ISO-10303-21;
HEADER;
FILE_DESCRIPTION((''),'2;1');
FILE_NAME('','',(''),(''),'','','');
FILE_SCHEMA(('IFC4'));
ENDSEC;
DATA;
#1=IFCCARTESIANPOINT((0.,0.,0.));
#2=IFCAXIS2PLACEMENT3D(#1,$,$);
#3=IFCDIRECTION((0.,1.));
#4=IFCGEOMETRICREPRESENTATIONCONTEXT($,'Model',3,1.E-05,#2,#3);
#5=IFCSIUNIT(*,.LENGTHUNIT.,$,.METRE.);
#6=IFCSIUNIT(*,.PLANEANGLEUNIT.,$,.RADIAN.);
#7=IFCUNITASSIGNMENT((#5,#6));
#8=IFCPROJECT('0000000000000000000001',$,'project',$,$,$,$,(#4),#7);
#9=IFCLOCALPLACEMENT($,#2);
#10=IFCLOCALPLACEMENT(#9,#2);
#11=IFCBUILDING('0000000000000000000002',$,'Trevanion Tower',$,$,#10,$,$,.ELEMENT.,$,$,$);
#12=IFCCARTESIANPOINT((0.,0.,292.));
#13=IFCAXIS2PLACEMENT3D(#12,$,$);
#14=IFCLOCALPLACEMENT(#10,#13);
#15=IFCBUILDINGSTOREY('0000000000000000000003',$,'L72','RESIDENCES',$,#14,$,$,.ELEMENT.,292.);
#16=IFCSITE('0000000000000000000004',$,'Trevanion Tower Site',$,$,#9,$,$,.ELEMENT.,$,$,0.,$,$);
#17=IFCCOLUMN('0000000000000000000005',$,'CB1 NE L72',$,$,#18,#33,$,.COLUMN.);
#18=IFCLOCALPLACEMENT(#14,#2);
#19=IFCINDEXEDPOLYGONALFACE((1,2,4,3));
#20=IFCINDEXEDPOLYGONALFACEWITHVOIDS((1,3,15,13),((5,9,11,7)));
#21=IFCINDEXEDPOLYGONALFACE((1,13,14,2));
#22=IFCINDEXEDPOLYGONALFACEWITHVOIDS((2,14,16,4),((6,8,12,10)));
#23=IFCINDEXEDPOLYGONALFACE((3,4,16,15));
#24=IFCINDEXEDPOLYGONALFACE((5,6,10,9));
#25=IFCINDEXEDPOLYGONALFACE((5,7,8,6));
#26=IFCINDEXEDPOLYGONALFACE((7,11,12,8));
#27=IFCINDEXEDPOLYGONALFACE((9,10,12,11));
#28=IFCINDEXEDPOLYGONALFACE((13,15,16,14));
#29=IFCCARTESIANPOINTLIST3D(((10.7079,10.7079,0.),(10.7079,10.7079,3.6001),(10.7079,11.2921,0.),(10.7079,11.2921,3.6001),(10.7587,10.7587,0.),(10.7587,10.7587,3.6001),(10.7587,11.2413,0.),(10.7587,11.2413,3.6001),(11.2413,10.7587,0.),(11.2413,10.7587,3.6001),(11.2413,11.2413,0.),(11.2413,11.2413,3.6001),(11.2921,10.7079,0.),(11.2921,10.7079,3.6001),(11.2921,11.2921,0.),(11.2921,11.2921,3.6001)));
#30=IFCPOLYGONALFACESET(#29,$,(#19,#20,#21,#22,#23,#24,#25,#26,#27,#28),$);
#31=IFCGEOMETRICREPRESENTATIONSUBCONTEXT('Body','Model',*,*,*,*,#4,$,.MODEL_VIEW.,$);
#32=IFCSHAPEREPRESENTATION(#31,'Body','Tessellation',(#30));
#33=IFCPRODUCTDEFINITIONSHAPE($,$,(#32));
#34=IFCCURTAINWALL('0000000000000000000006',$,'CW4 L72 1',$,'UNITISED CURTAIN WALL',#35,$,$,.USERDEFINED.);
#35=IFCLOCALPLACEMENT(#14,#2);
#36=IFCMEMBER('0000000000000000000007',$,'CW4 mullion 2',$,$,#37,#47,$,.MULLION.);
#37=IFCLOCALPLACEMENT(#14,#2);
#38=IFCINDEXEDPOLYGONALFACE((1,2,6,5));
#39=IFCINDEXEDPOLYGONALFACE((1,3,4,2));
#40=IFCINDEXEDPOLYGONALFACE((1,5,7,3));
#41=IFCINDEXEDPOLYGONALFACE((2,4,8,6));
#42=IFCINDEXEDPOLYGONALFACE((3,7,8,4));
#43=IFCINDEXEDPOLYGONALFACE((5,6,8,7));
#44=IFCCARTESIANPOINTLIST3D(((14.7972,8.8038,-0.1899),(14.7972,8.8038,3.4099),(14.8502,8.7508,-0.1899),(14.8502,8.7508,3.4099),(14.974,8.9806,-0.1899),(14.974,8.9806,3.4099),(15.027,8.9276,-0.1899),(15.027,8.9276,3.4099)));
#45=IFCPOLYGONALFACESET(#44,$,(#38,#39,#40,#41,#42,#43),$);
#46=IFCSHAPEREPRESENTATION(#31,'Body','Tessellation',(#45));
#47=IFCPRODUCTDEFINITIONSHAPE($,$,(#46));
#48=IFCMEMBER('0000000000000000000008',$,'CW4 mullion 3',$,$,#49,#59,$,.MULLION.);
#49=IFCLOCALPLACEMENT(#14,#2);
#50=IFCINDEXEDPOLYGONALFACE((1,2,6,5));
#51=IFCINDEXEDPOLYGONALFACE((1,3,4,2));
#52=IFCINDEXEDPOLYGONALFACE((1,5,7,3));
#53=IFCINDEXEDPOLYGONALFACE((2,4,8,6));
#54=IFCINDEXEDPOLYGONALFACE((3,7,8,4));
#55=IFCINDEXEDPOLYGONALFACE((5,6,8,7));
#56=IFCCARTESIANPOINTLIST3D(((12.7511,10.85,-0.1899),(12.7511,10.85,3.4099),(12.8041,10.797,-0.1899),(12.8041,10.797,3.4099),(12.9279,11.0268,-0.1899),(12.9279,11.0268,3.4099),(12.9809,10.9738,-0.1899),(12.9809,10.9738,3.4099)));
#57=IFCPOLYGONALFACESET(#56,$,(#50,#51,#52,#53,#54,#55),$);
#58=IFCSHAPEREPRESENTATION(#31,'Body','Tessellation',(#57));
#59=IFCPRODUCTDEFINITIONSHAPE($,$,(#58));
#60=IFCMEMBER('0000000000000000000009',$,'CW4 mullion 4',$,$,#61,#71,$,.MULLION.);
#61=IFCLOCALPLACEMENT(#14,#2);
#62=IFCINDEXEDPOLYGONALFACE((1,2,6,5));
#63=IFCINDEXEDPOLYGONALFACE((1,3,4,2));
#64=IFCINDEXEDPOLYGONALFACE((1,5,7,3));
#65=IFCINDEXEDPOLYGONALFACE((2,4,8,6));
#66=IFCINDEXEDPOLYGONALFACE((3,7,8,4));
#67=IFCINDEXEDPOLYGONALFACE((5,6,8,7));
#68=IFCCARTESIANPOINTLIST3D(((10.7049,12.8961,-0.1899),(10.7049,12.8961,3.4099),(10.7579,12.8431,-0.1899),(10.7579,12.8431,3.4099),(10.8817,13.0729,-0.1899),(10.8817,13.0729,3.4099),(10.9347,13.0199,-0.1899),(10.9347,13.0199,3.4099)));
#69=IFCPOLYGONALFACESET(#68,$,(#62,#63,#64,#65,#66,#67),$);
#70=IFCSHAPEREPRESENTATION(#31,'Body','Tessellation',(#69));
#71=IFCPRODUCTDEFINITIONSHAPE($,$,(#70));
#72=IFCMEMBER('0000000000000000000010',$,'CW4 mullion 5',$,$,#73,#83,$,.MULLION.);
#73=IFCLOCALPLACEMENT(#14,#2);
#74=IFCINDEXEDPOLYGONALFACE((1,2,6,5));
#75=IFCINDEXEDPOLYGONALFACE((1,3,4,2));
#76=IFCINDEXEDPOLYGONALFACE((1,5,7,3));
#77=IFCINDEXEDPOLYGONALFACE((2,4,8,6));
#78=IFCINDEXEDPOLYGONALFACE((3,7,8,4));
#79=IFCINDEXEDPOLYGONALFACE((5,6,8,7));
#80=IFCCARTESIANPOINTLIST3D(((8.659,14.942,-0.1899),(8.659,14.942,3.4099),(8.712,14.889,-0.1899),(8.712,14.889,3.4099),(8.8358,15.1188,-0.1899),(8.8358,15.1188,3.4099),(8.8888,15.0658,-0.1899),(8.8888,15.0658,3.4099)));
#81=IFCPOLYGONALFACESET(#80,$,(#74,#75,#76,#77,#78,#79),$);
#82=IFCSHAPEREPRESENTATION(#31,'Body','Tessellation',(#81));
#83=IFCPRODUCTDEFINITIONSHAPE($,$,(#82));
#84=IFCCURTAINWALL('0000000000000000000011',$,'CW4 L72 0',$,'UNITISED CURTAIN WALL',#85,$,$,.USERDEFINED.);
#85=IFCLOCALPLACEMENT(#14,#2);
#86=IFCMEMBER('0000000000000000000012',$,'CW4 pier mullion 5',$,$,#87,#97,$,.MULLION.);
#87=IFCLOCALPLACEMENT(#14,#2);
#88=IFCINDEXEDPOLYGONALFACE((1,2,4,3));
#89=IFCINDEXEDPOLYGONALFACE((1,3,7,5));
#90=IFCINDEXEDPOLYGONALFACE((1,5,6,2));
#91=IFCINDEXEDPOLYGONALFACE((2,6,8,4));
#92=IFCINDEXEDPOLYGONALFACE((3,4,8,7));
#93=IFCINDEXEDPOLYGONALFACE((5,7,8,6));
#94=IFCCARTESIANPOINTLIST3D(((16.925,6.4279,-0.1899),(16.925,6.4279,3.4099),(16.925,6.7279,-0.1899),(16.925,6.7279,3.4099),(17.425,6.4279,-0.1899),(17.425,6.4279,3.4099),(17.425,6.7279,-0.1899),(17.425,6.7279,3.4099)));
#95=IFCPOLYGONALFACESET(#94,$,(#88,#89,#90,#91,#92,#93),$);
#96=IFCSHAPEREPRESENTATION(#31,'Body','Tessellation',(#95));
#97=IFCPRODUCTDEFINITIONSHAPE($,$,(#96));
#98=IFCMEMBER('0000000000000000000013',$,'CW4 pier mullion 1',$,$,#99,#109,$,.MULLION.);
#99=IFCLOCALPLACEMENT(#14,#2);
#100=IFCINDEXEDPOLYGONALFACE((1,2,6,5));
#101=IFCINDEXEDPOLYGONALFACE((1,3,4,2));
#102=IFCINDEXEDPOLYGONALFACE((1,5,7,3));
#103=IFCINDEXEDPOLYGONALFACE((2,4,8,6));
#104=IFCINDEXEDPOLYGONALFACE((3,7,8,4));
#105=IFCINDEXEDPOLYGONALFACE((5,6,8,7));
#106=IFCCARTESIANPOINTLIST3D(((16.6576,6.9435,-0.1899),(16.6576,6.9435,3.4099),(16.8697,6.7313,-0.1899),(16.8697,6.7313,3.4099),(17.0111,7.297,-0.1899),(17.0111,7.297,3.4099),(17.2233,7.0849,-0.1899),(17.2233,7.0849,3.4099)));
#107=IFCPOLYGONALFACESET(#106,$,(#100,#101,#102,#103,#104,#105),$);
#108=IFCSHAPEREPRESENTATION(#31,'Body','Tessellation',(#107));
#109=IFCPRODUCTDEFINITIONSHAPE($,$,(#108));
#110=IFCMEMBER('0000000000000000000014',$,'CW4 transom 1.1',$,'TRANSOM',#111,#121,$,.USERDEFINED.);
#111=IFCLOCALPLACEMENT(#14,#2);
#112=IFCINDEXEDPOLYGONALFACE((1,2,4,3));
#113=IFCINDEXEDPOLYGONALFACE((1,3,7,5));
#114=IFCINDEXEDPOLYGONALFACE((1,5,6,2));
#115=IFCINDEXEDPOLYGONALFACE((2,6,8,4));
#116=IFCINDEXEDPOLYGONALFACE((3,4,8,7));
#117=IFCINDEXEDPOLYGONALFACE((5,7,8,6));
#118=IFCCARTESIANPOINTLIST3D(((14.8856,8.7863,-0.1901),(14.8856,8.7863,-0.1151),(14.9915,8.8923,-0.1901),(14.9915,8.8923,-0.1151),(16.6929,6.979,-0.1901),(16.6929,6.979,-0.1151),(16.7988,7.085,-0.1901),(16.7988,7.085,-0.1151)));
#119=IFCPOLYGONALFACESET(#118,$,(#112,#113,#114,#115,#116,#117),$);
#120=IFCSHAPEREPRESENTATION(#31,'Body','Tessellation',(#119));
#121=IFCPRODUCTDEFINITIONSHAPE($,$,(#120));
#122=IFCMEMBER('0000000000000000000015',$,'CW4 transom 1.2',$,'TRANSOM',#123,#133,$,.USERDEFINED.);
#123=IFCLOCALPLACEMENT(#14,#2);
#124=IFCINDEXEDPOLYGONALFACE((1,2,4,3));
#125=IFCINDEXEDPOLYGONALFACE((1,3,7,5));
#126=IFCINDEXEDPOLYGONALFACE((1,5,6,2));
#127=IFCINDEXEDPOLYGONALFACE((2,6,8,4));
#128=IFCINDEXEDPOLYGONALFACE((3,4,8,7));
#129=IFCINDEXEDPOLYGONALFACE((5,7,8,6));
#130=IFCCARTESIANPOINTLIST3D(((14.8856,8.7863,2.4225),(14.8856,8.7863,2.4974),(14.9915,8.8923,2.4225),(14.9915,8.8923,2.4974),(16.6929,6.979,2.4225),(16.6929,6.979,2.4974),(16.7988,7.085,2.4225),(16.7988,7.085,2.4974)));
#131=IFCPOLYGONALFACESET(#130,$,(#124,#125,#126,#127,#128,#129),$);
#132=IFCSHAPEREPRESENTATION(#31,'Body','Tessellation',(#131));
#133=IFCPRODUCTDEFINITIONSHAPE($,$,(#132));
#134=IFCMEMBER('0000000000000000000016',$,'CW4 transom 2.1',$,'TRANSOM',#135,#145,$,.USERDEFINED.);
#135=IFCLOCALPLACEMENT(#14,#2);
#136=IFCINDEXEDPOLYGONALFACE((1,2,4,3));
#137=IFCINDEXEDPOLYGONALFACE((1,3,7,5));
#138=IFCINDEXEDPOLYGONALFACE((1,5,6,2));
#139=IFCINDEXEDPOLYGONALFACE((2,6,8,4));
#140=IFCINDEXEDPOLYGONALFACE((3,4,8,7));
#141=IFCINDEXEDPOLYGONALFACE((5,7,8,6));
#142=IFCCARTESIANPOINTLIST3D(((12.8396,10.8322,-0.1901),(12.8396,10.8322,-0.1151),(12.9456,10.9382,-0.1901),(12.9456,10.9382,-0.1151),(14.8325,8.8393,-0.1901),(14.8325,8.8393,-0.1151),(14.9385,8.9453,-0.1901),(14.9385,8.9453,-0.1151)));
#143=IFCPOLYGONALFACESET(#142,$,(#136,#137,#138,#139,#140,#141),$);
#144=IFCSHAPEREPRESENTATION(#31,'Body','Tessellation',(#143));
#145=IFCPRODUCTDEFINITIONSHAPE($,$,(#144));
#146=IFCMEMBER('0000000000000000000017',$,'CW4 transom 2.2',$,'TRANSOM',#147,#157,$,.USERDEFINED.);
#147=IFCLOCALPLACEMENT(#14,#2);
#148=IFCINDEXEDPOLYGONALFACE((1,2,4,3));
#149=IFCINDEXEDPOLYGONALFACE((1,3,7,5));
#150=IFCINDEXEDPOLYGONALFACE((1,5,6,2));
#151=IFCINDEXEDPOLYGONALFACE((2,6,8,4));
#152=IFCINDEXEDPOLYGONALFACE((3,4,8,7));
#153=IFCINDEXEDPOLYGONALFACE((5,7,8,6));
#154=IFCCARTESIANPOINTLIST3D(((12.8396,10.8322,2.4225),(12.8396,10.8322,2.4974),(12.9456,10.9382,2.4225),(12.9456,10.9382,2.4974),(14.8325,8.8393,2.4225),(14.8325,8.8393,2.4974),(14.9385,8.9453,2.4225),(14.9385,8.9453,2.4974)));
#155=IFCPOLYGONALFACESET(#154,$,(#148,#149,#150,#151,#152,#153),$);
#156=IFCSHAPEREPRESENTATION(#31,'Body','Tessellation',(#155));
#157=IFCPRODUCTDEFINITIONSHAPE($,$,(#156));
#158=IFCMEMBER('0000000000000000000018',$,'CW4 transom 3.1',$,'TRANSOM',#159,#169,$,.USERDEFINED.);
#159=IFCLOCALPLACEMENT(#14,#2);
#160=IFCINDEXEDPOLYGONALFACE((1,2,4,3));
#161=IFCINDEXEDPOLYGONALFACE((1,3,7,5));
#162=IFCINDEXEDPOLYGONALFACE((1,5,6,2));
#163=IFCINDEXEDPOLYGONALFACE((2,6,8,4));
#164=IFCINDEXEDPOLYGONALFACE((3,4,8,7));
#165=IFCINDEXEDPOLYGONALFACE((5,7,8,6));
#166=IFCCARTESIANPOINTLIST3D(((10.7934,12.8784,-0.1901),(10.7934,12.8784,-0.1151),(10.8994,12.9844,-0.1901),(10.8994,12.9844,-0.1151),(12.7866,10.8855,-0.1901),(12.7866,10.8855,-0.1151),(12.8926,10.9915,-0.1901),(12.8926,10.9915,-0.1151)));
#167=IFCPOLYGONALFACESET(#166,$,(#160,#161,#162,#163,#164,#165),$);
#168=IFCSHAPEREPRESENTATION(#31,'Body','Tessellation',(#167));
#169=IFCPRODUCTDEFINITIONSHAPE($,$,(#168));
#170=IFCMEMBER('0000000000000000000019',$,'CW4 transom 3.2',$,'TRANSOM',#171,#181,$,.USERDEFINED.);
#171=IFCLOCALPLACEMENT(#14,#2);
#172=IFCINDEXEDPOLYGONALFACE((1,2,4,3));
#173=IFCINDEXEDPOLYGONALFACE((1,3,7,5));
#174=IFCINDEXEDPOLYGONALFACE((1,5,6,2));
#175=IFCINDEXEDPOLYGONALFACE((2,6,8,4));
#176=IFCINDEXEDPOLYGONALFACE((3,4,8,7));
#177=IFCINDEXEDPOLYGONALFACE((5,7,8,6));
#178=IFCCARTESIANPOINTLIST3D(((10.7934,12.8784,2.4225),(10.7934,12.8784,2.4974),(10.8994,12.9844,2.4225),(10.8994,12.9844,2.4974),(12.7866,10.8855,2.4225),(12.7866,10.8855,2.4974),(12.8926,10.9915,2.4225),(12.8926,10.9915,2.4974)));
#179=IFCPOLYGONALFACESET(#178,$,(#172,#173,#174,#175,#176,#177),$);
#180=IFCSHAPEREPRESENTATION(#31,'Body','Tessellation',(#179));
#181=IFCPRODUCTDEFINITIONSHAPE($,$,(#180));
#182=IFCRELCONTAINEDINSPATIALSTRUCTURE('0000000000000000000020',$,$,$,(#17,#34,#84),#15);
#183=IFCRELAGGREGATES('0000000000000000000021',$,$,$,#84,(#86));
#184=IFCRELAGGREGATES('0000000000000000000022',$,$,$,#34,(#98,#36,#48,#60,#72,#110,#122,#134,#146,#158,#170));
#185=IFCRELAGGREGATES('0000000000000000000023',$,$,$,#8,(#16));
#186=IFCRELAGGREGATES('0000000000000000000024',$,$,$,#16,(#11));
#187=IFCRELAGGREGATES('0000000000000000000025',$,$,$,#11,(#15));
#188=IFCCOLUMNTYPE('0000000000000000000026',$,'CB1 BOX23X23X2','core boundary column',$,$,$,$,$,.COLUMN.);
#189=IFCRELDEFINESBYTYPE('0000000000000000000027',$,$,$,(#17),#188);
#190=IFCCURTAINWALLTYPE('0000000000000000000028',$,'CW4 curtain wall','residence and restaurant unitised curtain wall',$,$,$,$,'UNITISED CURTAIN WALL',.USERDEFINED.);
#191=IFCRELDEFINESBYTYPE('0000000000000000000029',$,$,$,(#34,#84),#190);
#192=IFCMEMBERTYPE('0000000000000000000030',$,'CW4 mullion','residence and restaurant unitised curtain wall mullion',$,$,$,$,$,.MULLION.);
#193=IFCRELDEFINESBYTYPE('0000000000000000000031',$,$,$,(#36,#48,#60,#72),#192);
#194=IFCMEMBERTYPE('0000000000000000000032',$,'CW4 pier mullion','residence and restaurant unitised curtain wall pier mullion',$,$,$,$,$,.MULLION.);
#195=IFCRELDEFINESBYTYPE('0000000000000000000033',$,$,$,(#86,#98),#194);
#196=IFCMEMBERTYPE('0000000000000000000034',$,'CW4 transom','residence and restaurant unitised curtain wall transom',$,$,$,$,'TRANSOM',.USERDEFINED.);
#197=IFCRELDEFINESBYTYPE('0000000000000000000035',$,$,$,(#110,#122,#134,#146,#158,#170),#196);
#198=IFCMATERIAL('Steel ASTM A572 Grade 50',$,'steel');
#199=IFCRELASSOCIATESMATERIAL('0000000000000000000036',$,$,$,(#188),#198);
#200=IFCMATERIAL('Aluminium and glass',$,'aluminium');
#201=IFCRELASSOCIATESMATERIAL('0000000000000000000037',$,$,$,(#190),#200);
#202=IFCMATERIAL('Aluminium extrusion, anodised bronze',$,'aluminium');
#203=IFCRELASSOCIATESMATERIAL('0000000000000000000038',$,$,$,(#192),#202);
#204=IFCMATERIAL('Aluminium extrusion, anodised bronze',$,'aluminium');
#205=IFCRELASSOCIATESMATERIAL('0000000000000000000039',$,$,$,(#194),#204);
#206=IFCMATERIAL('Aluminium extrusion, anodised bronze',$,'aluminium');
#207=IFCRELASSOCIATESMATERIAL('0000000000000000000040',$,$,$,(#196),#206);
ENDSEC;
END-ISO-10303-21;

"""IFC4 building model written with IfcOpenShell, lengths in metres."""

from ifc_helpers import new_model, si_unit, direction, frame, origin, origin_2d, place, context, subcontext, project, spatial, rectangle, hollow_rectangle, extrude, material, material_profile, profile_set, type_object, element, aggregate, save


model = new_model("IFC4")

# Units and contexts
model_context = context("Model", 3, precision=1e-05, world=origin(), true_north=direction((0.0, 1.0)))
body_context = subcontext(model_context, "Body", "Model", "MODEL_VIEW")
ifc_project = project(units=[si_unit("LENGTHUNIT", "METRE"), si_unit("PLANEANGLEUNIT", "RADIAN")], contexts=[model_context])

# Site, building, storey
site_placement = place(None, origin())
site = spatial("IfcSite", under=ifc_project, at=site_placement, Name="Trevanion Tower Site", CompositionType="ELEMENT", RefElevation=0.0)
building_placement = place(site_placement, origin())
building = spatial("IfcBuilding", under=site, at=building_placement, Name="Trevanion Tower", CompositionType="ELEMENT")
storey_placement = place(building_placement, frame((0.0, 0.0, 292.0)))
storey = spatial("IfcBuildingStorey", under=building, at=storey_placement, Name="L72", Description="RESIDENCES", CompositionType="ELEMENT", Elevation=292.0)

# Column
ifc_material_1 = material(Name="Steel ASTM A572 Grade 50", Category="steel")
ifc_material_profile_1 = material_profile(ifc_material_1, hollow_rectangle(XDim=0.5842, YDim=0.5842, WallThickness=0.0508, at=origin_2d()), Name="BOX23X23X2")
ifc_profile_set_1 = profile_set([ifc_material_profile_1], Name="Steel ASTM A572 Grade 50")
column_type = type_object("IfcColumnType", Name="CB1 BOX23X23X2", Description="core boundary column", PredefinedType="COLUMN", material=ifc_profile_set_1)
column_placement = place(storey_placement, frame((11.0, 11.0, 0.0), z_axis=(0.0, 0.0, 1.0), x_axis=(1.0, 0.0, 0.0)))
element("IfcColumn", 1, at=column_placement, inside=storey, type_object=column_type, Name="CB1 NE L72", PredefinedType="COLUMN", context=body_context, shape_type="SweptSolid", body=[
    extrude(hollow_rectangle(XDim=0.5842, YDim=0.5842, WallThickness=0.0508, at=origin_2d()), origin(), (0.0, 0.0, 1.0), 3.6001),
])

# Curtain wall, members
ifc_material_2 = material(Name="Aluminium and glass", Category="aluminium")
curtain_wall_type = type_object("IfcCurtainWallType", Name="CW4 curtain wall", Description="residence and restaurant unitised curtain wall", ElementType="UNITISED CURTAIN WALL", PredefinedType="USERDEFINED", material=ifc_material_2)
curtain_wall_1_placement = place(storey_placement, origin())
curtain_wall_1 = element("IfcCurtainWall", 2, at=curtain_wall_1_placement, inside=storey, type_object=curtain_wall_type, Name="CW4 L72 1", ObjectType="UNITISED CURTAIN WALL", PredefinedType="USERDEFINED")
ifc_material_3 = material(Name="Aluminium extrusion, anodised bronze", Category="aluminium")
ifc_material_profile_2 = material_profile(ifc_material_3, rectangle(XDim=0.075, YDim=0.25, at=origin_2d()), Name="CW4 mullion")
ifc_profile_set_2 = profile_set([ifc_material_profile_2], Name="Aluminium extrusion, anodised bronze")
member_type_1 = type_object("IfcMemberType", Name="CW4 mullion", Description="residence and restaurant unitised curtain wall mullion", PredefinedType="MULLION", material=ifc_profile_set_2)
member_1_placement = place(storey_placement, frame((14.9121, 8.8657, -0.1899), z_axis=(0.0, 0.0, 1.0), x_axis=(-0.707107, 0.707107, 0.0)))
member_1 = element("IfcMember", 3, at=member_1_placement, type_object=member_type_1, Name="CW4 mullion 2", PredefinedType="MULLION", context=body_context, shape_type="SweptSolid", body=[
    extrude(rectangle(XDim=0.075, YDim=0.25, at=origin_2d()), origin(), (0.0, 0.0, 1.0), 3.5999),
])
member_2_placement = place(storey_placement, frame((12.866, 10.9119, -0.1899), z_axis=(0.0, 0.0, 1.0), x_axis=(-0.707107, 0.707107, 0.0)))
member_2 = element("IfcMember", 4, at=member_2_placement, type_object=member_type_1, Name="CW4 mullion 3", PredefinedType="MULLION", context=body_context, shape_type="SweptSolid", body=[
    extrude(rectangle(XDim=0.075, YDim=0.25, at=origin_2d()), origin(), (0.0, 0.0, 1.0), 3.5999),
])
member_3_placement = place(storey_placement, frame((10.8198, 12.958, -0.1899), z_axis=(0.0, 0.0, 1.0), x_axis=(-0.707107, 0.707107, 0.0)))
member_3 = element("IfcMember", 5, at=member_3_placement, type_object=member_type_1, Name="CW4 mullion 4", PredefinedType="MULLION", context=body_context, shape_type="SweptSolid", body=[
    extrude(rectangle(XDim=0.075, YDim=0.25, at=origin_2d()), origin(), (0.0, 0.0, 1.0), 3.5999),
])
member_4_placement = place(storey_placement, frame((8.7739, 15.0039, -0.1899), z_axis=(0.0, 0.0, 1.0), x_axis=(-0.707107, 0.707107, 0.0)))
member_4 = element("IfcMember", 6, at=member_4_placement, type_object=member_type_1, Name="CW4 mullion 5", PredefinedType="MULLION", context=body_context, shape_type="SweptSolid", body=[
    extrude(rectangle(XDim=0.075, YDim=0.25, at=origin_2d()), origin(), (0.0, 0.0, 1.0), 3.5999),
])

# Curtain wall, member
curtain_wall_2_placement = place(storey_placement, origin())
curtain_wall_2 = element("IfcCurtainWall", 7, at=curtain_wall_2_placement, inside=storey, type_object=curtain_wall_type, Name="CW4 L72 0", ObjectType="UNITISED CURTAIN WALL", PredefinedType="USERDEFINED")
ifc_material_4 = material(Name="Aluminium extrusion, anodised bronze", Category="aluminium")
ifc_material_profile_3 = material_profile(ifc_material_4, rectangle(XDim=0.3, YDim=0.5, at=origin_2d()), Name="CW4 pier mullion")
ifc_profile_set_3 = profile_set([ifc_material_profile_3], Name="Aluminium extrusion, anodised bronze")
member_type_2 = type_object("IfcMemberType", Name="CW4 pier mullion", Description="residence and restaurant unitised curtain wall pier mullion", PredefinedType="MULLION", material=ifc_profile_set_3)
member_5_placement = place(storey_placement, frame((17.175, 6.5779, -0.1899), z_axis=(0.0, 0.0, 1.0), x_axis=(0.0, 1.0, 0.0)))
member_5 = element("IfcMember", 8, at=member_5_placement, type_object=member_type_2, Name="CW4 pier mullion 5", PredefinedType="MULLION", context=body_context, shape_type="SweptSolid", body=[
    extrude(rectangle(XDim=0.3, YDim=0.5, at=origin_2d()), origin(), (0.0, 0.0, 1.0), 3.5999),
])
aggregate(curtain_wall_2, [member_5])

# Members
member_6_placement = place(storey_placement, frame((16.9404, 7.0142, -0.1899), z_axis=(0.0, 0.0, 1.0), x_axis=(-0.707107, 0.707107, 0.0)))
member_6 = element("IfcMember", 9, at=member_6_placement, type_object=member_type_2, Name="CW4 pier mullion 1", PredefinedType="MULLION", context=body_context, shape_type="SweptSolid", body=[
    extrude(rectangle(XDim=0.3, YDim=0.5, at=origin_2d()), origin(), (0.0, 0.0, 1.0), 3.5999),
])
ifc_material_5 = material(Name="Aluminium extrusion, anodised bronze", Category="aluminium")
ifc_material_profile_4 = material_profile(ifc_material_5, rectangle(XDim=0.1499, YDim=0.075, at=origin_2d()), Name="CW4 transom")
ifc_profile_set_4 = profile_set([ifc_material_profile_4], Name="Aluminium extrusion, anodised bronze")
member_type_3 = type_object("IfcMemberType", Name="CW4 transom", Description="residence and restaurant unitised curtain wall transom", ElementType="TRANSOM", PredefinedType="USERDEFINED", material=ifc_profile_set_4)
member_7_placement = place(storey_placement, frame((16.7458, 7.032, -0.1526), z_axis=(-0.707107, 0.707107, 0.0), x_axis=(-0.707107, -0.707107, 0.0)))
member_7 = element("IfcMember", 10, at=member_7_placement, type_object=member_type_3, Name="CW4 transom 1.1", ObjectType="TRANSOM", PredefinedType="USERDEFINED", context=body_context, shape_type="SweptSolid", body=[
    extrude(rectangle(XDim=0.1499, YDim=0.075, at=origin_2d()), origin(), (0.0, 0.0, 1.0), 2.5559),
])
member_8_placement = place(storey_placement, frame((16.7458, 7.032, 2.46), z_axis=(-0.707107, 0.707107, 0.0), x_axis=(-0.707107, -0.707107, 0.0)))
member_8 = element("IfcMember", 11, at=member_8_placement, type_object=member_type_3, Name="CW4 transom 1.2", ObjectType="TRANSOM", PredefinedType="USERDEFINED", context=body_context, shape_type="SweptSolid", body=[
    extrude(rectangle(XDim=0.1499, YDim=0.075, at=origin_2d()), origin(), (0.0, 0.0, 1.0), 2.5559),
])
member_9_placement = place(storey_placement, frame((14.8855, 8.8923, -0.1526), z_axis=(-0.707107, 0.707107, 0.0), x_axis=(-0.707107, -0.707107, 0.0)))
member_9 = element("IfcMember", 12, at=member_9_placement, type_object=member_type_3, Name="CW4 transom 2.1", ObjectType="TRANSOM", PredefinedType="USERDEFINED", context=body_context, shape_type="SweptSolid", body=[
    extrude(rectangle(XDim=0.1499, YDim=0.075, at=origin_2d()), origin(), (0.0, 0.0, 1.0), 2.8184),
])
member_10_placement = place(storey_placement, frame((14.8855, 8.8923, 2.46), z_axis=(-0.707107, 0.707107, 0.0), x_axis=(-0.707107, -0.707107, 0.0)))
member_10 = element("IfcMember", 13, at=member_10_placement, type_object=member_type_3, Name="CW4 transom 2.2", ObjectType="TRANSOM", PredefinedType="USERDEFINED", context=body_context, shape_type="SweptSolid", body=[
    extrude(rectangle(XDim=0.1499, YDim=0.075, at=origin_2d()), origin(), (0.0, 0.0, 1.0), 2.8184),
])
member_11_placement = place(storey_placement, frame((12.8396, 10.9385, -0.1526), z_axis=(-0.70715, 0.707063, 0.0), x_axis=(-0.707063, -0.70715, 0.0)))
member_11 = element("IfcMember", 14, at=member_11_placement, type_object=member_type_3, Name="CW4 transom 3.1", ObjectType="TRANSOM", PredefinedType="USERDEFINED", context=body_context, shape_type="SweptSolid", body=[
    extrude(rectangle(XDim=0.1499, YDim=0.075, at=origin_2d()), origin(), (0.0, 0.0, 1.0), 2.8186),
])
member_12_placement = place(storey_placement, frame((12.8396, 10.9385, 2.46), z_axis=(-0.70715, 0.707063, 0.0), x_axis=(-0.707063, -0.70715, 0.0)))
member_12 = element("IfcMember", 15, at=member_12_placement, type_object=member_type_3, Name="CW4 transom 3.2", ObjectType="TRANSOM", PredefinedType="USERDEFINED", context=body_context, shape_type="SweptSolid", body=[
    extrude(rectangle(XDim=0.1499, YDim=0.075, at=origin_2d()), origin(), (0.0, 0.0, 1.0), 2.8186),
])

aggregate(curtain_wall_1, [member_6, member_1, member_2, member_3, member_4, member_7, member_8, member_9, member_10, member_11, member_12])

save(model, "model.ifc")
